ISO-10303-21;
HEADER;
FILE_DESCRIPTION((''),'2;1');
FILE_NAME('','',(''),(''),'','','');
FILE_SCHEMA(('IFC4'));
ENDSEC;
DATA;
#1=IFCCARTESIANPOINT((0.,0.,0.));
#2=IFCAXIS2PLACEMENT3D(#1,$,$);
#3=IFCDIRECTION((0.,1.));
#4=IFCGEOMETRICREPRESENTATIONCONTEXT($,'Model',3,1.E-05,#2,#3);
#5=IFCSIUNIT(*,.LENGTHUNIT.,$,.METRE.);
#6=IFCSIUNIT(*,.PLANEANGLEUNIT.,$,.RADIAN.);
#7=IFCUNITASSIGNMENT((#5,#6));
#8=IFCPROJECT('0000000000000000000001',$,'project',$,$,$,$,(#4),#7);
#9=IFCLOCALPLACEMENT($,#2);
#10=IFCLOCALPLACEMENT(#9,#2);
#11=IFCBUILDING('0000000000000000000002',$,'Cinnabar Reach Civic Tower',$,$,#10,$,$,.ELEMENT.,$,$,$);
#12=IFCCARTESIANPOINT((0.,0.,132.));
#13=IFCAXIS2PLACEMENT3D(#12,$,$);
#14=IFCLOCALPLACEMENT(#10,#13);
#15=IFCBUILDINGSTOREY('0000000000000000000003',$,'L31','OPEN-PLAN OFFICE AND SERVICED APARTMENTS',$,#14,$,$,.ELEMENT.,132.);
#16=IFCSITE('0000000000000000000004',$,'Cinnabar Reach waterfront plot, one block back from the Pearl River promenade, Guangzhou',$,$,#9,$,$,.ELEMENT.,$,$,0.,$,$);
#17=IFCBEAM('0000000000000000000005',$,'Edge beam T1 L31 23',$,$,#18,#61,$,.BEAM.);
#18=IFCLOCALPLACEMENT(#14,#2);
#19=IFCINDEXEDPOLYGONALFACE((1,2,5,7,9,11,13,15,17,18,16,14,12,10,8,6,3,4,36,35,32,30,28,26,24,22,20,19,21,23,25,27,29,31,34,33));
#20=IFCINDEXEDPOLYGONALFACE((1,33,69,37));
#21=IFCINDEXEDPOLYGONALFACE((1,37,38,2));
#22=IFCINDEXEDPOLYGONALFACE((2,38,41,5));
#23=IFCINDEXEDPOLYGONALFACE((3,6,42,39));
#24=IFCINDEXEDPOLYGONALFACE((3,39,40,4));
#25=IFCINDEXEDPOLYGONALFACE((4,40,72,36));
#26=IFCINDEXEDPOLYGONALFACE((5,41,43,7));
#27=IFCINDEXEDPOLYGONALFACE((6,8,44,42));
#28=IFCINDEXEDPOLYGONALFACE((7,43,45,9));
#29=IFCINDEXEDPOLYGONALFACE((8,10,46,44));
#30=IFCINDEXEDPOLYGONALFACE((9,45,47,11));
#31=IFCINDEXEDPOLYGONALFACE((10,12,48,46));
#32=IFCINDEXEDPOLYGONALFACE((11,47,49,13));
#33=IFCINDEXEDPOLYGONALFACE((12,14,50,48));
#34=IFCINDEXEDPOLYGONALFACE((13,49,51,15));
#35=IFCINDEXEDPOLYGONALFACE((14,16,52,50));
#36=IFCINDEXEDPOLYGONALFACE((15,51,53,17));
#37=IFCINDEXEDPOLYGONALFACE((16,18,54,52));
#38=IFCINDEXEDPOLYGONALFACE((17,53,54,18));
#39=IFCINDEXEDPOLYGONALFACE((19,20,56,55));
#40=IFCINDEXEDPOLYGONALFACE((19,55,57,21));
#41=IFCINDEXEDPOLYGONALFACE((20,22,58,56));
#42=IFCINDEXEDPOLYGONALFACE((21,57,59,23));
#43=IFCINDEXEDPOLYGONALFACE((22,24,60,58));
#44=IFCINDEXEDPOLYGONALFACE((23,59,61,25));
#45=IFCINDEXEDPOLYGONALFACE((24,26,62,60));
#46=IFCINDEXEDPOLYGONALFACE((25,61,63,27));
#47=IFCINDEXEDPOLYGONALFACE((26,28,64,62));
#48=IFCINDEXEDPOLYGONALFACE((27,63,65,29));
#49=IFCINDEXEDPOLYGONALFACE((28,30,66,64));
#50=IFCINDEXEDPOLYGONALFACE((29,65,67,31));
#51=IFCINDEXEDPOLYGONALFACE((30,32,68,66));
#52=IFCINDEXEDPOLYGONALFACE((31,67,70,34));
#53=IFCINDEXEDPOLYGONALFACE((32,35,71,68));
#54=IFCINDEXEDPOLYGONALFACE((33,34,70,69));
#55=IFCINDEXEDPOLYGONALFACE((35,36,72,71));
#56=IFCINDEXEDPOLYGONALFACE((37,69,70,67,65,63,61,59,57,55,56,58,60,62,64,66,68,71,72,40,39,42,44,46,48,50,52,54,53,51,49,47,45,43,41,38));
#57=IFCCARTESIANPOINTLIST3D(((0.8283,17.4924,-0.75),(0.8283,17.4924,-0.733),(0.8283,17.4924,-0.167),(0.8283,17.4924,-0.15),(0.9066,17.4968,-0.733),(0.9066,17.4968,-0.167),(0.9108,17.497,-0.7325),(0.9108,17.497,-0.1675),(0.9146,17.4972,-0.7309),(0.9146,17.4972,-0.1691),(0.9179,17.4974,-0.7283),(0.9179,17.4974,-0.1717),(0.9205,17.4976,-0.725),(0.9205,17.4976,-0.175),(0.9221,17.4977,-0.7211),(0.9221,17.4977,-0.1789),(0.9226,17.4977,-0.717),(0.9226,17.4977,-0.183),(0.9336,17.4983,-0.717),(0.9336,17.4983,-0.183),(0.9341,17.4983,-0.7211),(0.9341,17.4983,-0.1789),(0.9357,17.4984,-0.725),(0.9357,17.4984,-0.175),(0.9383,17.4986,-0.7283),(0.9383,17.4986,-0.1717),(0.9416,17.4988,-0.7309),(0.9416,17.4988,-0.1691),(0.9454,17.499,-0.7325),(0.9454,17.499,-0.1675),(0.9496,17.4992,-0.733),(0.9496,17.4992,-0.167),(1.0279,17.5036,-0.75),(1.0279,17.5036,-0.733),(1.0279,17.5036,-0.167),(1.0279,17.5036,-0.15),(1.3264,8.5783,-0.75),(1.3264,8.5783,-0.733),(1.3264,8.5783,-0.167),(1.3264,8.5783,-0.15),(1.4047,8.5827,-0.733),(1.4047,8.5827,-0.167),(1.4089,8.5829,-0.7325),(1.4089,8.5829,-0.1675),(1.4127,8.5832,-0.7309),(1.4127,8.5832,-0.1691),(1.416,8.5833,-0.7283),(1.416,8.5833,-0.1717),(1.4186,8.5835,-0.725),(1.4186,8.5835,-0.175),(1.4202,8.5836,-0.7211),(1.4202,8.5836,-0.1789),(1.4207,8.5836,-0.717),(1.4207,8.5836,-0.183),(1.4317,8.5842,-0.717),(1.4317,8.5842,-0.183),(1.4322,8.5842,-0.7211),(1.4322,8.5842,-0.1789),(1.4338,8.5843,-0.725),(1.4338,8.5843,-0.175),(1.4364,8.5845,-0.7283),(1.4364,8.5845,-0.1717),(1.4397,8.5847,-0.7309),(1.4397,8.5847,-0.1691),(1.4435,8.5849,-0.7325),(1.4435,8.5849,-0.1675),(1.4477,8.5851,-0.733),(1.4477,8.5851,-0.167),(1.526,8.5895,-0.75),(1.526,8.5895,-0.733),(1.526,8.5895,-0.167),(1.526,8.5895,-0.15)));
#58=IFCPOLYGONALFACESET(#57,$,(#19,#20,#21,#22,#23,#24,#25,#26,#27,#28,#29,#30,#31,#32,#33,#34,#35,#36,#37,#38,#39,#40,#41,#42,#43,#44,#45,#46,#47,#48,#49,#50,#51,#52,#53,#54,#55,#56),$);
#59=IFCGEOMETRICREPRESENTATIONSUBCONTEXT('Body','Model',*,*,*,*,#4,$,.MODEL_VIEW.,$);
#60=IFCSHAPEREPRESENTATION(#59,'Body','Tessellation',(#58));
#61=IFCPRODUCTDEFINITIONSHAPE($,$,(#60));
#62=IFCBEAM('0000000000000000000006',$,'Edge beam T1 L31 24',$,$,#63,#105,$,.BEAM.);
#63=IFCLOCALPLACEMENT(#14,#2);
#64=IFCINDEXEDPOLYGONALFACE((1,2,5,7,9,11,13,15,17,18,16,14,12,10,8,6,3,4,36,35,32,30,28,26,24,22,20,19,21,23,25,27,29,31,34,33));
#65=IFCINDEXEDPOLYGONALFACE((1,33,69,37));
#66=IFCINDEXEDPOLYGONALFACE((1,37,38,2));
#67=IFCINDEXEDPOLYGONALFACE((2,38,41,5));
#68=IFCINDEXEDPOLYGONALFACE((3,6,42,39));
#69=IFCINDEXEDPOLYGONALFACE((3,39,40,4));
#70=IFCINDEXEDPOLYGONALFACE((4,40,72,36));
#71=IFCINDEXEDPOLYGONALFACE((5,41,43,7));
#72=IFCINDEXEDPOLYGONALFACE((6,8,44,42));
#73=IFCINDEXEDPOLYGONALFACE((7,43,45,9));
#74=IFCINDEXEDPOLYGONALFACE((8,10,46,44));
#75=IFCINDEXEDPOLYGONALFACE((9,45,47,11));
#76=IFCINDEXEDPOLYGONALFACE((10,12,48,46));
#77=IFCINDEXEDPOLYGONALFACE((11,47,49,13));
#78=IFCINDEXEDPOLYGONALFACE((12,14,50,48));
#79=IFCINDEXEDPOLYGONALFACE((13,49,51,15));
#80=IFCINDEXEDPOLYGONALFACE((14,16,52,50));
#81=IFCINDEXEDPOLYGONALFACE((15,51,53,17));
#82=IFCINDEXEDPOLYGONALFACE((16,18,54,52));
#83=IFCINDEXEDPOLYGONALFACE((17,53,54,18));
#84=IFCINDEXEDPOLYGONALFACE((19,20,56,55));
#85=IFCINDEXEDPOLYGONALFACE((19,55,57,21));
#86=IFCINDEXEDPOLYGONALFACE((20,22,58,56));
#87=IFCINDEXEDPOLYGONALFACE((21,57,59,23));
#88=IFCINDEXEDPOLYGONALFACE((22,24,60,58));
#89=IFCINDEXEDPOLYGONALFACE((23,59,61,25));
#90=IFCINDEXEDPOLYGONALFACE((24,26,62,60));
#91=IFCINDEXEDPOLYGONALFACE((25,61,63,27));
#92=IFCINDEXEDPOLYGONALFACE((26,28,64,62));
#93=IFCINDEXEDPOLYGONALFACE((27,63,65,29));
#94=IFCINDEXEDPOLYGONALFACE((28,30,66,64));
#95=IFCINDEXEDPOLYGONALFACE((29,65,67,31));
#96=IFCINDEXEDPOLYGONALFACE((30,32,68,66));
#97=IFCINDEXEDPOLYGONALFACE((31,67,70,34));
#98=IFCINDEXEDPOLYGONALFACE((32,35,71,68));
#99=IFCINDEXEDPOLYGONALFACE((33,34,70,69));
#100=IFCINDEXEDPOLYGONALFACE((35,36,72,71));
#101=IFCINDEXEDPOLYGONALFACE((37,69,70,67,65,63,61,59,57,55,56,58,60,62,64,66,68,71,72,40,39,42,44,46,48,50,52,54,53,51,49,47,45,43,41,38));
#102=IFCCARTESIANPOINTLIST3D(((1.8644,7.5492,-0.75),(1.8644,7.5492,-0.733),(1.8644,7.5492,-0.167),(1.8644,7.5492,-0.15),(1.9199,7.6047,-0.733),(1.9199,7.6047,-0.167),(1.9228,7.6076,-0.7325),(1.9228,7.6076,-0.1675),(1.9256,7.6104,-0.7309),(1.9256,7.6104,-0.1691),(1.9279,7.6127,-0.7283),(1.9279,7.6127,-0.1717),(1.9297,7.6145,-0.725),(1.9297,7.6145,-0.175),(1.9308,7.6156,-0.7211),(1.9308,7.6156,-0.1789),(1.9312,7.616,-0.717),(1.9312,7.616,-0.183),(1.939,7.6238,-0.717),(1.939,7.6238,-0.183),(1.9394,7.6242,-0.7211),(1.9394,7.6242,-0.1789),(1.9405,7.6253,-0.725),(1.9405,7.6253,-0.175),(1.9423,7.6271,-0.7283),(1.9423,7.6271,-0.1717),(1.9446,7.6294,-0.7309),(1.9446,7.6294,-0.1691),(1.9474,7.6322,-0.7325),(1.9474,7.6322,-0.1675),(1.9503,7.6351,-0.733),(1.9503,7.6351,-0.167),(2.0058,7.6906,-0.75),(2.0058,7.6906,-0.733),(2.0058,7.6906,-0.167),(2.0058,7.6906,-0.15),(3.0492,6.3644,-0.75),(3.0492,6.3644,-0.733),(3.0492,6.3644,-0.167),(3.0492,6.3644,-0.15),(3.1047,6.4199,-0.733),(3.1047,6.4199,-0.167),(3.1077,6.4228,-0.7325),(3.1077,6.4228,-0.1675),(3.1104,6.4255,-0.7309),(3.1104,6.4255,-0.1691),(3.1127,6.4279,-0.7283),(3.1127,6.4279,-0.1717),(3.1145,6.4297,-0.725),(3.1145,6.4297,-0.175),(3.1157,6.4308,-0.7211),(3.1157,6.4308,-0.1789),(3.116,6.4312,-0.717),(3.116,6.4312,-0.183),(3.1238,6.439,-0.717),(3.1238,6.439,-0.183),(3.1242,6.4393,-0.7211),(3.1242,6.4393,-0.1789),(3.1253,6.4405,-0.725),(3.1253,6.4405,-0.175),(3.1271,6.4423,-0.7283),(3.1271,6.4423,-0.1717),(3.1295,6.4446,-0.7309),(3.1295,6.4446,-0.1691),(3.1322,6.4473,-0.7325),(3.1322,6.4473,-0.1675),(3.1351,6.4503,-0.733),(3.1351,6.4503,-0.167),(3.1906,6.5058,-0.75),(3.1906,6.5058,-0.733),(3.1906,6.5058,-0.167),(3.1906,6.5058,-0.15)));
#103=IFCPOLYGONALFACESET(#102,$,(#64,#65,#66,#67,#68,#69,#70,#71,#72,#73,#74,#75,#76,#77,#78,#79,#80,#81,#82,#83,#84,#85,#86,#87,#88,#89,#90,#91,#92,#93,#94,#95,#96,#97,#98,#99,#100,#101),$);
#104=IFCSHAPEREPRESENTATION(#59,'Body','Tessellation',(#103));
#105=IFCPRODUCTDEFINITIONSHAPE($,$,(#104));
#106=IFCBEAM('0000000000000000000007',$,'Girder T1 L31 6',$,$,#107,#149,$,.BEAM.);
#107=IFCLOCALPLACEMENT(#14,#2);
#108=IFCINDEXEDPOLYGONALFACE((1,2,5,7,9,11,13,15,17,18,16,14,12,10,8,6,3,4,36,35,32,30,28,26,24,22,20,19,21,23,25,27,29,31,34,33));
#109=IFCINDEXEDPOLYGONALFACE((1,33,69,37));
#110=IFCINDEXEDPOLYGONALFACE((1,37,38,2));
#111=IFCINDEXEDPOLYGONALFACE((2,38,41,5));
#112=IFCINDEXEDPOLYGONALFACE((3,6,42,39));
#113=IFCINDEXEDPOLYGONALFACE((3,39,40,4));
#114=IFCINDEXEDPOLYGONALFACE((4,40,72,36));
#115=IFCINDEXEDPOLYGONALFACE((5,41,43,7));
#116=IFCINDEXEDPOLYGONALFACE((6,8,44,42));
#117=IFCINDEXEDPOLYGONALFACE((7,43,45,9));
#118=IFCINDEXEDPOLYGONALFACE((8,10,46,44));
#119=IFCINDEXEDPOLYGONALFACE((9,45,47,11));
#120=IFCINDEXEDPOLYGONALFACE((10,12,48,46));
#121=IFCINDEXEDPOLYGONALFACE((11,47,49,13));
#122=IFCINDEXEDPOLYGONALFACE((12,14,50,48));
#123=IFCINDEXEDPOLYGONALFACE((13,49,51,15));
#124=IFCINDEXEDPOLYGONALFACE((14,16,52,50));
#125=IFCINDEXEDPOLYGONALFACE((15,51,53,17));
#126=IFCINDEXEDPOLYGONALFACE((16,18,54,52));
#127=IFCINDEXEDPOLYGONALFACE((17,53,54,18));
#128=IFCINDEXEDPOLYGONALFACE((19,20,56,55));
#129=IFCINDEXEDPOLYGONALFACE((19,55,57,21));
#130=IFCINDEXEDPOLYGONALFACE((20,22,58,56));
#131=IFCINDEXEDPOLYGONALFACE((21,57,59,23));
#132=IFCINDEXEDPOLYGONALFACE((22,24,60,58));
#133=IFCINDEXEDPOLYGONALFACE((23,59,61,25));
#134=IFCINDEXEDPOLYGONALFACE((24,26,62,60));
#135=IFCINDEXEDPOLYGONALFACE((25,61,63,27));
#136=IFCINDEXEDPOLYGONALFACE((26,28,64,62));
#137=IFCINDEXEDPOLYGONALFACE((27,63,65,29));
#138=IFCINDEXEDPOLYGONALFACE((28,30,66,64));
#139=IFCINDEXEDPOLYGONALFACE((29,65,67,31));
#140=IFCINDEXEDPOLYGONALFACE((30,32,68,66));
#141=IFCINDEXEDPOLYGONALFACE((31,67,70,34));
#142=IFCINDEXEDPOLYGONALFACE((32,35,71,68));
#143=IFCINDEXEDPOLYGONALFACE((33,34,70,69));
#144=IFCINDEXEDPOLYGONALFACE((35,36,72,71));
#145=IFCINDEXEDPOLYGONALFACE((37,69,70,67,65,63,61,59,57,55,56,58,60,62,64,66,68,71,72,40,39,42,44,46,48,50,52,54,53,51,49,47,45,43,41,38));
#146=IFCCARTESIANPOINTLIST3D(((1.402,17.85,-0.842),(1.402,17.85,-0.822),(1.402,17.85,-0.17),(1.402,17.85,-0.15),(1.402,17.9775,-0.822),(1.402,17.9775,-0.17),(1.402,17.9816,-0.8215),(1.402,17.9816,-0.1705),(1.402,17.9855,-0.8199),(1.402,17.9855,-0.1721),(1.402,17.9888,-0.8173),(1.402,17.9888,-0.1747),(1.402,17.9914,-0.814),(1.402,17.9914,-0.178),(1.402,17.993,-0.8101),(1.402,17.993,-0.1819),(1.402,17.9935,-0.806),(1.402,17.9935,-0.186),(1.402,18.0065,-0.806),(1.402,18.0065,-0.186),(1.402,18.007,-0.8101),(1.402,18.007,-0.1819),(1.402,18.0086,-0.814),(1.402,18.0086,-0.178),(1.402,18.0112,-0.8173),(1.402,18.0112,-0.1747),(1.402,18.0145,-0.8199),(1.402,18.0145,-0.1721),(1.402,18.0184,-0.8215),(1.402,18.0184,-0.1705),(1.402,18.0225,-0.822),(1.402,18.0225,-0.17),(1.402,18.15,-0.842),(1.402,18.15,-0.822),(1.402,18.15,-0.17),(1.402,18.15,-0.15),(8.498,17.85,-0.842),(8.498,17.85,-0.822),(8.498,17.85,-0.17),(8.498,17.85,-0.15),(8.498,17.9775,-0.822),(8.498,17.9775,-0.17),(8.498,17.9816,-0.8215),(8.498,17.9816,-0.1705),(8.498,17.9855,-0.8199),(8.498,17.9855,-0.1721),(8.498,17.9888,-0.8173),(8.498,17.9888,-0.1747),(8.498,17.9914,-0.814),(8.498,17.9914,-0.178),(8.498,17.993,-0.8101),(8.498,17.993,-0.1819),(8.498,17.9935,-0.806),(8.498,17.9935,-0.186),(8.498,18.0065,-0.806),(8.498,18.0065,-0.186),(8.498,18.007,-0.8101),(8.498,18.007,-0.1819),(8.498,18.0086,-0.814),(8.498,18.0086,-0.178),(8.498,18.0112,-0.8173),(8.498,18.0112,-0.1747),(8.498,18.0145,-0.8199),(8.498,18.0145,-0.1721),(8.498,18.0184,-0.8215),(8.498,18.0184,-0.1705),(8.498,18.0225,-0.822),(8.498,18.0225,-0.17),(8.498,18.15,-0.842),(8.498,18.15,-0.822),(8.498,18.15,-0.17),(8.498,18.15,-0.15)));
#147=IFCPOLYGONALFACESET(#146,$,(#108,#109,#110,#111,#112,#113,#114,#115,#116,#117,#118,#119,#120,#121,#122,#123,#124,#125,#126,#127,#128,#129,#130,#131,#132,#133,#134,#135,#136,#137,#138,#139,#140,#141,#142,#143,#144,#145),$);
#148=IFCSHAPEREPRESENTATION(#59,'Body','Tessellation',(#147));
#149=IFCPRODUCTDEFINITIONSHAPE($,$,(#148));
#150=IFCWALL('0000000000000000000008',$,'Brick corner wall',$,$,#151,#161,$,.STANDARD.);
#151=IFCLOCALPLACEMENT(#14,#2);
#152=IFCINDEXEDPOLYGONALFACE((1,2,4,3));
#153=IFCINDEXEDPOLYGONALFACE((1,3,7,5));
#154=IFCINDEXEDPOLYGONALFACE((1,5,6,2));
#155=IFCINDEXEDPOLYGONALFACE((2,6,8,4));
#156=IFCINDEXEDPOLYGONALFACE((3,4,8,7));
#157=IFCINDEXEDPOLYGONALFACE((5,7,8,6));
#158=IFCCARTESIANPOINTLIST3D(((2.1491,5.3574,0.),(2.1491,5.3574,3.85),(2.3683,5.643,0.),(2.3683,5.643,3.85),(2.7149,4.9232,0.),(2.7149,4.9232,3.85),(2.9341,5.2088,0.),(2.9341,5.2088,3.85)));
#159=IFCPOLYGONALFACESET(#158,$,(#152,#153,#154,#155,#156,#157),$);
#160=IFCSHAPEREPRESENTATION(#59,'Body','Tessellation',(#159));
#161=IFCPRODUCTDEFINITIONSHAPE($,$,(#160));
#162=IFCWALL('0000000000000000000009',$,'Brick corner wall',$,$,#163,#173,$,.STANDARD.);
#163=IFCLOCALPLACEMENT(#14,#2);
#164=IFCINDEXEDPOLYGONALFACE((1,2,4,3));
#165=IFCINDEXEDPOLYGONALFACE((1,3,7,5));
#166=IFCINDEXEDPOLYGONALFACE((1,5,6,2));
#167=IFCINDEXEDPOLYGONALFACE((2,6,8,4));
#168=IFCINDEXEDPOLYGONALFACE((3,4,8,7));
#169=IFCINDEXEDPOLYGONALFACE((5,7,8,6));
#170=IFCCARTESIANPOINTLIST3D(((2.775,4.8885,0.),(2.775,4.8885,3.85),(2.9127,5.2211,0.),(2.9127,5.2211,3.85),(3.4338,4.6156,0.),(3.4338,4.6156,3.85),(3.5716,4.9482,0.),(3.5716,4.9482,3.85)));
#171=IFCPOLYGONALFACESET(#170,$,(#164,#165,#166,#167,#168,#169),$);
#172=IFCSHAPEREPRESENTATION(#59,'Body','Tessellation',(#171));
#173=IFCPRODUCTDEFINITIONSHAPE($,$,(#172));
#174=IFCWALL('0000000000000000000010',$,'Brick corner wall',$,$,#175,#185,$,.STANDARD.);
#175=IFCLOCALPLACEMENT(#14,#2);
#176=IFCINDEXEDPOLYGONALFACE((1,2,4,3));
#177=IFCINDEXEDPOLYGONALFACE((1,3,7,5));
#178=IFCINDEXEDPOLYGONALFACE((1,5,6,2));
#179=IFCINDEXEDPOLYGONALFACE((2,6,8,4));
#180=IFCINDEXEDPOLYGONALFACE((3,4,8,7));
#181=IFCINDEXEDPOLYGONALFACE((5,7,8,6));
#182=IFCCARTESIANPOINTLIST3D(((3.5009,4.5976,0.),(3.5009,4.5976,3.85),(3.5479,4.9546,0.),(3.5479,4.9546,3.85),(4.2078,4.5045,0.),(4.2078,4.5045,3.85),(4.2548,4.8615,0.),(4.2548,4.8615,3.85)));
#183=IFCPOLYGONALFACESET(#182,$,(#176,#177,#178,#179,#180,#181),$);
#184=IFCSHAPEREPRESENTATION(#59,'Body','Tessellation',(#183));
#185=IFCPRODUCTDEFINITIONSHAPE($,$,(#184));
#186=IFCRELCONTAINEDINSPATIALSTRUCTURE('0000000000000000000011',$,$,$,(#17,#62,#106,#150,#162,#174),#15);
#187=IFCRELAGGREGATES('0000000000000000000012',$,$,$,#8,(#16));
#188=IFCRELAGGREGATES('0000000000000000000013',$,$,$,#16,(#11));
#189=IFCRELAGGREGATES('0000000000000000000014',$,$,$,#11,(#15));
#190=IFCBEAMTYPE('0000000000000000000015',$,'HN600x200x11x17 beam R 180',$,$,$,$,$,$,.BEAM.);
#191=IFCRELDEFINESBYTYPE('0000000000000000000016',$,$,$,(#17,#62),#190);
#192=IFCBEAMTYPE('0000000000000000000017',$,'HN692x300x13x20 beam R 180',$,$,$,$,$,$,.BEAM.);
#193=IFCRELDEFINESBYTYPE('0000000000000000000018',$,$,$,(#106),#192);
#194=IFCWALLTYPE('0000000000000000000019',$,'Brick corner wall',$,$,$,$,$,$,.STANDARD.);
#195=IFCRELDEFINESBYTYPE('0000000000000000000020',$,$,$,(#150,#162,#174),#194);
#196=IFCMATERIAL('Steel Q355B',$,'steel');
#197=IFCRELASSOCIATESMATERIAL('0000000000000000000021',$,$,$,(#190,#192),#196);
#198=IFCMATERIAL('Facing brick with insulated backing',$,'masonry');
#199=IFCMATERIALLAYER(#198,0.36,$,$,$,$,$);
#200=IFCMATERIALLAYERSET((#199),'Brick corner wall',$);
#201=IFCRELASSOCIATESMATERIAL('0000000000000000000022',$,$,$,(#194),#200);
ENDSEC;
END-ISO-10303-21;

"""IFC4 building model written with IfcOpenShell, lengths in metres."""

from ifc_helpers import new_model, si_unit, direction, frame, frame_2d, origin, origin_2d, place, context, subcontext, project, spatial, rectangle, i_section, extrude, material, layer, layer_set, material_profile, profile_set, type_object, element, save


model = new_model("IFC4")

# Units and contexts
model_context = context("Model", 3, precision=1e-05, world=origin(), true_north=direction((0.0, 1.0)))
body_context = subcontext(model_context, "Body", "Model", "MODEL_VIEW")
ifc_project = project(units=[si_unit("LENGTHUNIT", "METRE"), si_unit("PLANEANGLEUNIT", "RADIAN")], contexts=[model_context])

# Site, building, storey
site_placement = place(None, origin())
site = spatial("IfcSite", under=ifc_project, at=site_placement, Name="Cinnabar Reach waterfront plot, one block back from the Pearl River promenade, Guangzhou", CompositionType="ELEMENT", RefElevation=0.0)
building_placement = place(site_placement, origin())
building = spatial("IfcBuilding", under=site, at=building_placement, Name="Cinnabar Reach Civic Tower", CompositionType="ELEMENT")
storey_placement = place(building_placement, frame((0.0, 0.0, 132.0)))
storey = spatial("IfcBuildingStorey", under=building, at=storey_placement, Name="L31", Description="OPEN-PLAN OFFICE AND SERVICED APARTMENTS", CompositionType="ELEMENT", Elevation=132.0)

# Beams
ifc_material_1 = material(Name="Steel Q355B", Category="steel")
ifc_material_profile_1 = material_profile(ifc_material_1, i_section(OverallWidth=0.2, OverallDepth=0.6, WebThickness=0.011, FlangeThickness=0.017, FilletRadius=0.016, at=origin_2d()), Name="HN600x200x11x17")
ifc_profile_set_1 = profile_set([ifc_material_profile_1], Name="Steel Q355B")
beam_type_1 = type_object("IfcBeamType", Name="HN600x200x11x17 beam R 180", PredefinedType="BEAM", material=ifc_profile_set_1)
beam_1_placement = place(storey_placement, frame((0.9281, 17.498, -0.45), z_axis=(0.055791, -0.998442, 0.0), x_axis=(0.998442, 0.055791, 0.0)))
element("IfcBeam", 1, at=beam_1_placement, inside=storey, type_object=beam_type_1, Name="Edge beam T1 L31 23", PredefinedType="BEAM", context=body_context, shape_type="SweptSolid", body=[
    extrude(i_section(OverallWidth=0.2, OverallDepth=0.6, WebThickness=0.011, FlangeThickness=0.017, FilletRadius=0.016, at=origin_2d()), origin(), (0.0, 0.0, 1.0), 8.928),
])
beam_2_placement = place(storey_placement, frame((1.9351, 7.6199, -0.45), z_axis=(0.707107, -0.707107, 0.0), x_axis=(0.707107, 0.707107, 0.0)))
element("IfcBeam", 2, at=beam_2_placement, inside=storey, type_object=beam_type_1, Name="Edge beam T1 L31 24", PredefinedType="BEAM", context=body_context, shape_type="SweptSolid", body=[
    extrude(i_section(OverallWidth=0.2, OverallDepth=0.6, WebThickness=0.011, FlangeThickness=0.017, FilletRadius=0.016, at=origin_2d()), origin(), (0.0, 0.0, 1.0), 1.6756),
])
ifc_material_profile_2 = material_profile(ifc_material_1, i_section(OverallWidth=0.3, OverallDepth=0.692, WebThickness=0.013, FlangeThickness=0.02, FilletRadius=0.016, at=origin_2d()), Name="HN692x300x13x20")
ifc_profile_set_2 = profile_set([ifc_material_profile_2], Name="Steel Q355B")
beam_type_2 = type_object("IfcBeamType", Name="HN692x300x13x20 beam R 180", PredefinedType="BEAM", material=ifc_profile_set_2)
beam_3_placement = place(storey_placement, frame((1.402, 18.0, -0.496), z_axis=(1.0, 0.0, 0.0), x_axis=(0.0, 1.0, 0.0)))
element("IfcBeam", 3, at=beam_3_placement, inside=storey, type_object=beam_type_2, Name="Girder T1 L31 6", PredefinedType="BEAM", context=body_context, shape_type="SweptSolid", body=[
    extrude(i_section(OverallWidth=0.3, OverallDepth=0.692, WebThickness=0.013, FlangeThickness=0.02, FilletRadius=0.016, at=origin_2d()), origin(), (0.0, 0.0, 1.0), 7.096),
])

# Walls
ifc_material_2 = material(Name="Facing brick with insulated backing", Category="masonry")
ifc_layer_1 = layer(ifc_material_2, 0.36)
ifc_layer_set_1 = layer_set([ifc_layer_1], Name="Brick corner wall")
wall_type_1 = type_object("IfcWallType", Name="Brick corner wall", PredefinedType="STANDARD", material=ifc_layer_set_1)
wall_1_placement = place(storey_placement, frame((2.2587, 5.5002, 0.0), z_axis=(0.0, 0.0, 1.0), x_axis=(0.793322, -0.608802, 0.0)))
element("IfcWall", 4, at=wall_1_placement, inside=storey, type_object=wall_type_1, Name="Brick corner wall", PredefinedType="STANDARD", context=body_context, shape_type="SweptSolid", body=[
    extrude(rectangle(XDim=0.7132, YDim=0.36, at=frame_2d((0.3566, 0.0))), origin(), (0.0, 0.0, 1.0), 3.85),
])
for number, where, z_axis, x_axis, name in (
    (5, (2.8439, 5.0548, 0.0), (0.0, 0.0, 1.0), (0.923872, -0.382703, 0.0), "Brick corner wall"),
    (6, (3.5244, 4.7761, 0.0), (0.0, 0.0, 1.0), (0.991441, -0.130556, 0.0), "Brick corner wall"),
):
    element("IfcWall", number, at=place(storey_placement, frame(where, z_axis=z_axis, x_axis=x_axis)), inside=storey, type_object=wall_type_1, Name=name, PredefinedType="STANDARD", context=body_context, shape_type="SweptSolid", body=[
        extrude(rectangle(XDim=0.7131, YDim=0.36, at=frame_2d((0.3565, 0.0))), origin(), (0.0, 0.0, 1.0), 3.85),
    ])

save(model, "model.ifc")
